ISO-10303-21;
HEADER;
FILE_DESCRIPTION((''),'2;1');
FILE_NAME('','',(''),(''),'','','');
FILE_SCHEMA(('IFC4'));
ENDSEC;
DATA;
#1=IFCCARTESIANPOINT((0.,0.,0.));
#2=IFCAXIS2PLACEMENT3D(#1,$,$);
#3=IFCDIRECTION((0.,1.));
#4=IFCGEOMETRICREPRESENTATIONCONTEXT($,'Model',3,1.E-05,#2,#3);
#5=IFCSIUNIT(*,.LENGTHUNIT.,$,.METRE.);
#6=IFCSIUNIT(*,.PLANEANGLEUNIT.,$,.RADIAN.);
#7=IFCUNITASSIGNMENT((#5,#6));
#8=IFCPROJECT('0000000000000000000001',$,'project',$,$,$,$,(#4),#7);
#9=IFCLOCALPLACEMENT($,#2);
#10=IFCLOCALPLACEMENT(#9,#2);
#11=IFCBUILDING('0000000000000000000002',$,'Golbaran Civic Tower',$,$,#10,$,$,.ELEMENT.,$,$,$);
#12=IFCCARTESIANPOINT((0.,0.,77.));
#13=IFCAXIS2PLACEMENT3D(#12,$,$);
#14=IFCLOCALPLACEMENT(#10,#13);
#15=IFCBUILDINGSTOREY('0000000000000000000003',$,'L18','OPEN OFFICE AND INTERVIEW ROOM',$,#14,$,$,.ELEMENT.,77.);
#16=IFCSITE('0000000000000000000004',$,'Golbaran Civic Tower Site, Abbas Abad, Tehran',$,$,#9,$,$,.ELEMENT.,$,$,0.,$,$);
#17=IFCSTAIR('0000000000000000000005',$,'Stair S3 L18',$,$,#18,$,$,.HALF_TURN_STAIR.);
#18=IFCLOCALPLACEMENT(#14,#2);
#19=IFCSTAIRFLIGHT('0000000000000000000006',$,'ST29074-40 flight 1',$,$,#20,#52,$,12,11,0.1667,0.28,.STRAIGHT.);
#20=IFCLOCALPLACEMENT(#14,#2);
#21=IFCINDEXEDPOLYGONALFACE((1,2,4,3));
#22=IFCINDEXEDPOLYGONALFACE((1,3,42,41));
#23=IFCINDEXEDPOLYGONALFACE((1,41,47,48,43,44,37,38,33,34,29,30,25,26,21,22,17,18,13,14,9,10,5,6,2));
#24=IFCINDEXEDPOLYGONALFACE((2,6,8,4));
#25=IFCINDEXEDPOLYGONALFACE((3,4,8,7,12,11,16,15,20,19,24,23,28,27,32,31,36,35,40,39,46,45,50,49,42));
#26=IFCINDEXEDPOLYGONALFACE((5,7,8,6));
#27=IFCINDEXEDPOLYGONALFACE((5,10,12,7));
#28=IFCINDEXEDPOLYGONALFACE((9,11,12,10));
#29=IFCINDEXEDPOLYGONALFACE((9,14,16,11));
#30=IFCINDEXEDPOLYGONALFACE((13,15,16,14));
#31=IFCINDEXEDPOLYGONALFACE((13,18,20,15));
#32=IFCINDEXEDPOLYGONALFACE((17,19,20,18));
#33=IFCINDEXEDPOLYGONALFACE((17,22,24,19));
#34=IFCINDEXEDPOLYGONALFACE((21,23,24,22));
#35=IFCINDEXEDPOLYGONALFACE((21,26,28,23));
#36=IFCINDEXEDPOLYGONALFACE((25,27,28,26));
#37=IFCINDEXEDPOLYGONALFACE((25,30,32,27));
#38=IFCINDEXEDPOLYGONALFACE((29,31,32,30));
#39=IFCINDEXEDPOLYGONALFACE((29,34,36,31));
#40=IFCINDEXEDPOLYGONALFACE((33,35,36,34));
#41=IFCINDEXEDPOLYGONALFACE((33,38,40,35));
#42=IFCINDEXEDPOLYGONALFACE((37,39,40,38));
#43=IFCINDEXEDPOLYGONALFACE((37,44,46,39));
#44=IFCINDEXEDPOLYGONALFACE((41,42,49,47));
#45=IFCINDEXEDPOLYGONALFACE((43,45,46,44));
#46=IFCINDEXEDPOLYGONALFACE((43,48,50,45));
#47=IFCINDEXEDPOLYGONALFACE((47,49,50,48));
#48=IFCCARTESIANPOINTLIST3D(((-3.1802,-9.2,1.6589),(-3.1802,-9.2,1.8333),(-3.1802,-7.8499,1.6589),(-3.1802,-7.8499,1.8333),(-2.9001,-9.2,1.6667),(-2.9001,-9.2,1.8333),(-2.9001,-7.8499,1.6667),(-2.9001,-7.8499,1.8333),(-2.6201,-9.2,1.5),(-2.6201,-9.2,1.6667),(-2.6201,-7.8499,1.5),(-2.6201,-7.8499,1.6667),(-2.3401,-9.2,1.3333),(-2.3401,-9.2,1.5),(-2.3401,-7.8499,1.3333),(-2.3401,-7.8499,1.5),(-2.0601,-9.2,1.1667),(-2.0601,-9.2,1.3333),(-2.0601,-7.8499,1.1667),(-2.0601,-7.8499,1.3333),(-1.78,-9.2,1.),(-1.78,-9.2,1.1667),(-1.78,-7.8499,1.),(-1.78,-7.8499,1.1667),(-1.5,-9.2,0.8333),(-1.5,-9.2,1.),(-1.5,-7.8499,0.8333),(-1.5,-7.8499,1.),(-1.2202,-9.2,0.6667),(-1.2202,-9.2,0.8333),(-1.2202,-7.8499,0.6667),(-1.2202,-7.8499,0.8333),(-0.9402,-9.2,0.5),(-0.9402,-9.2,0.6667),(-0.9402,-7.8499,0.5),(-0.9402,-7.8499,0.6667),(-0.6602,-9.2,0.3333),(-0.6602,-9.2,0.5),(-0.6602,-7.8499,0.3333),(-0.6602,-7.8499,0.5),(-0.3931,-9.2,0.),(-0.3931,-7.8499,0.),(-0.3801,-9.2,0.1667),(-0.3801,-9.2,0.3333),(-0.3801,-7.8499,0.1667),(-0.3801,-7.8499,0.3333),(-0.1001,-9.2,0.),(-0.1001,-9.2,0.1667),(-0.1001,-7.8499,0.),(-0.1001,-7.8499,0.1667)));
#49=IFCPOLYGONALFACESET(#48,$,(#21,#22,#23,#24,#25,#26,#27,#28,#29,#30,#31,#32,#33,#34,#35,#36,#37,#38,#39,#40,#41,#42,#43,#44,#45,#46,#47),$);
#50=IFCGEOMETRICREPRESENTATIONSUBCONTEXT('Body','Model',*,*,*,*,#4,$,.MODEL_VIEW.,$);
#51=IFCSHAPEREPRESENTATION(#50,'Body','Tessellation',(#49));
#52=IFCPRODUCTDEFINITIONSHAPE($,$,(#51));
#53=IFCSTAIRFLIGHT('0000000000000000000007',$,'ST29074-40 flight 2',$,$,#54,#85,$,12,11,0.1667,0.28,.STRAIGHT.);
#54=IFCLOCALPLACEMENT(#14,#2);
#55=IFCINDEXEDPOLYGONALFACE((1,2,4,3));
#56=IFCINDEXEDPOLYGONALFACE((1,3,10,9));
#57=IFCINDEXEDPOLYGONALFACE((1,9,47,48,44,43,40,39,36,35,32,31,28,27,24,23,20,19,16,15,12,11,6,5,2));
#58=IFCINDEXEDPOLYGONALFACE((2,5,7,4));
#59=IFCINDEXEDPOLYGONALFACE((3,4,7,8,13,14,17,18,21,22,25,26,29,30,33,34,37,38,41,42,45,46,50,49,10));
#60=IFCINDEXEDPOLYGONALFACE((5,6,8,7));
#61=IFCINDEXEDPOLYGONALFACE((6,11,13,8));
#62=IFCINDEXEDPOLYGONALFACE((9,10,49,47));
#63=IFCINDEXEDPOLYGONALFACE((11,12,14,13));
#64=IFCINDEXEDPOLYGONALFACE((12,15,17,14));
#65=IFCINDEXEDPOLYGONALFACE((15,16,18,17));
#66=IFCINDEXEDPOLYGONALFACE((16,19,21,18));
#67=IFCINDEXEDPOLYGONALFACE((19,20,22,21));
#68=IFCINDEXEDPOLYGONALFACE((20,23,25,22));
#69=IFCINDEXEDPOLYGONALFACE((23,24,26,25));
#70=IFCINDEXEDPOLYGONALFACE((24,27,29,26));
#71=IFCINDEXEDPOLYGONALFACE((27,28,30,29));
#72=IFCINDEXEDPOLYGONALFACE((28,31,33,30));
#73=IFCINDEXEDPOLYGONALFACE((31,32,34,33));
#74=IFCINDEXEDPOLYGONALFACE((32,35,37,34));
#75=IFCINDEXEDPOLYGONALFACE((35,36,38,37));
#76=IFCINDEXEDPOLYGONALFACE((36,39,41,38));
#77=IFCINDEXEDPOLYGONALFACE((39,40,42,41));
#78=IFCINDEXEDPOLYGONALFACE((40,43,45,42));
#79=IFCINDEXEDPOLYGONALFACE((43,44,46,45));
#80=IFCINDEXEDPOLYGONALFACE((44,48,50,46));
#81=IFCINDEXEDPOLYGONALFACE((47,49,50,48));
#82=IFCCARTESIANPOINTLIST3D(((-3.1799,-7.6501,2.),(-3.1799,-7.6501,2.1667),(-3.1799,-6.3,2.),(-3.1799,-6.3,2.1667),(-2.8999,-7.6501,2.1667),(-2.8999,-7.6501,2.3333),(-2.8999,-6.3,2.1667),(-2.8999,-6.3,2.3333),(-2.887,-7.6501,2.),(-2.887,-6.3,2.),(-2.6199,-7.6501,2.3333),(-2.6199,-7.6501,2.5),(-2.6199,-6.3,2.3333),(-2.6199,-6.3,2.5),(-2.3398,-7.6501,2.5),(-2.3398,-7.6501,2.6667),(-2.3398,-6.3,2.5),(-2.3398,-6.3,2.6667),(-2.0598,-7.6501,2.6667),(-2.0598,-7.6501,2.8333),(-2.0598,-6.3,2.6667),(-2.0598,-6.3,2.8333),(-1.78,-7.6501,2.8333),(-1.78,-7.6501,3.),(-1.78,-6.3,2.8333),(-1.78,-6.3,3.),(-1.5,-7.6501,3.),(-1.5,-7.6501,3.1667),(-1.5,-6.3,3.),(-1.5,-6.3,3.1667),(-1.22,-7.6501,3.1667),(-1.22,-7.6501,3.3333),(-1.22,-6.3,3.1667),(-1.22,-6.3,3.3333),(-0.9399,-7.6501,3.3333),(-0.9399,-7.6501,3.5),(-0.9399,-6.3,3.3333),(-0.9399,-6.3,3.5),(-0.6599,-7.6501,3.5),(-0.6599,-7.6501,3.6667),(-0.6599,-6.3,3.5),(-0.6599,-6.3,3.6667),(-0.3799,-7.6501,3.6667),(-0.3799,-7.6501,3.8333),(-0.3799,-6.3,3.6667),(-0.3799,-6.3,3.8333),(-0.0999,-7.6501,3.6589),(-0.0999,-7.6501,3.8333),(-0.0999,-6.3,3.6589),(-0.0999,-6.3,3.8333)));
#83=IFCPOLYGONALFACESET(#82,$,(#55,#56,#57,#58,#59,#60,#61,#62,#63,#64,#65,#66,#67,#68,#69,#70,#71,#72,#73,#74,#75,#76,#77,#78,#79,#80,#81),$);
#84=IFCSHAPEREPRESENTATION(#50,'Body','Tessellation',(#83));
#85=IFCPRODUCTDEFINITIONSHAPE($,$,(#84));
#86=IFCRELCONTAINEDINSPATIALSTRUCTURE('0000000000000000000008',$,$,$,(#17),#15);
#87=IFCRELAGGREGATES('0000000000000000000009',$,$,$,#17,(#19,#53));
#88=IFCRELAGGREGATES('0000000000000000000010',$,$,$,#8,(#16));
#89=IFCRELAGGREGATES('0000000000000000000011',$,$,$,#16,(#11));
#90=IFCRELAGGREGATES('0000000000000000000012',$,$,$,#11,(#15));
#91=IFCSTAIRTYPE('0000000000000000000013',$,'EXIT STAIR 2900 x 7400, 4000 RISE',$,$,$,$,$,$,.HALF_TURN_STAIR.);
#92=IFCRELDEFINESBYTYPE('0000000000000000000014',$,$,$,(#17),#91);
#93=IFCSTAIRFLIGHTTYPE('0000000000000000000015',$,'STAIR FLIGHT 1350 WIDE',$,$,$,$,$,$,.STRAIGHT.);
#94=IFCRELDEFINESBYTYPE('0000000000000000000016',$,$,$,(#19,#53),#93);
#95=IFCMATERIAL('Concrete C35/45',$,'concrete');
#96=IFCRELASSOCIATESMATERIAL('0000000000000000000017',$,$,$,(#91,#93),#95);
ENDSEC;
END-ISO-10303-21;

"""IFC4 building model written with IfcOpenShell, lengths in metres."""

from ifc_helpers import new_model, si_unit, direction, frame, origin, place, context, subcontext, project, spatial, polyline, outline, extrude, material, type_object, element, aggregate, save


model = new_model("IFC4")

# Units and contexts
model_context = context("Model", 3, precision=1e-05, world=origin(), true_north=direction((0.0, 1.0)))
body_context = subcontext(model_context, "Body", "Model", "MODEL_VIEW")
ifc_project = project(units=[si_unit("LENGTHUNIT", "METRE"), si_unit("PLANEANGLEUNIT", "RADIAN")], contexts=[model_context])

# Site, building, storey
site_placement = place(None, origin())
site = spatial("IfcSite", under=ifc_project, at=site_placement, Name="Golbaran Civic Tower Site, Abbas Abad, Tehran", CompositionType="ELEMENT", RefElevation=0.0)
building_placement = place(site_placement, origin())
building = spatial("IfcBuilding", under=site, at=building_placement, Name="Golbaran Civic Tower", CompositionType="ELEMENT")
storey_placement = place(building_placement, frame((0.0, 0.0, 77.0)))
storey = spatial("IfcBuildingStorey", under=building, at=storey_placement, Name="L18", Description="OPEN OFFICE AND INTERVIEW ROOM", CompositionType="ELEMENT", Elevation=77.0)

# Stair, stair flights
ifc_material_1 = material(Name="Concrete C35/45", Category="concrete")
stair_type = type_object("IfcStairType", Name="EXIT STAIR 2900 x 7400, 4000 RISE", PredefinedType="HALF_TURN_STAIR", material=ifc_material_1)
stair_placement = place(storey_placement, origin())
stair = element("IfcStair", 1, at=stair_placement, inside=storey, type_object=stair_type, Name="Stair S3 L18", PredefinedType="HALF_TURN_STAIR")
stair_flight_type = type_object("IfcStairFlightType", Name="STAIR FLIGHT 1350 WIDE", PredefinedType="STRAIGHT", material=ifc_material_1)
stair_flight_1_placement = place(storey_placement, frame((-0.1001, -8.5249, 0.0), z_axis=(0.0, 0.0, 1.0), x_axis=(-1.0, 0.0, 0.0)))
stair_flight_1 = element("IfcStairFlight", 2, at=stair_flight_1_placement, type_object=stair_flight_type, Name="ST29074-40 flight 1", NumberOfRisers=12, NumberOfTreads=11, PredefinedType="STRAIGHT", RiserHeight=0.1667, TreadLength=0.28, context=body_context, shape_type="SweptSolid", body=[
    extrude(outline(polyline([(0.0, 0.0), (0.0, 0.1667), (0.28, 0.1667), (0.28, 0.3333), (0.5601, 0.3333), (0.5601, 0.5), (0.8401, 0.5), (0.8401, 0.6667), (1.1201, 0.6667), (1.1201, 0.8333), (1.3999, 0.8333), (1.3999, 1.0), (1.6799, 1.0), (1.6799, 1.1667), (1.96, 1.1667), (1.96, 1.3333), (2.24, 1.3333), (2.24, 1.5), (2.52, 1.5), (2.52, 1.6667), (2.8, 1.6667), (2.8, 1.8333), (3.0801, 1.8333), (3.0801, 2.0), (3.0801, 1.6589), (0.293, 0.0), (0.0, 0.0)])), frame((0.0, 0.675, 0.0), z_axis=(0.0, -1.0, 0.0), x_axis=(1.0, 0.0, 0.0)), (0.0, 0.0, 1.0), 1.3501),
])
stair_flight_2_placement = place(storey_placement, frame((-3.1799, -6.9751, 2.0), z_axis=(0.0, 0.0, 1.0), x_axis=(1.0, 0.0, 0.0)))
stair_flight_2 = element("IfcStairFlight", 3, at=stair_flight_2_placement, type_object=stair_flight_type, Name="ST29074-40 flight 2", NumberOfRisers=12, NumberOfTreads=11, PredefinedType="STRAIGHT", RiserHeight=0.1667, TreadLength=0.28, context=body_context, shape_type="SweptSolid", body=[
    extrude(outline(polyline([(0.0, 0.0), (0.0, 0.1667), (0.28, 0.1667), (0.28, 0.3333), (0.5601, 0.3333), (0.5601, 0.5), (0.8401, 0.5), (0.8401, 0.6667), (1.1201, 0.6667), (1.1201, 0.8333), (1.3999, 0.8333), (1.3999, 1.0), (1.6799, 1.0), (1.6799, 1.1667), (1.96, 1.1667), (1.96, 1.3333), (2.24, 1.3333), (2.24, 1.5), (2.52, 1.5), (2.52, 1.6667), (2.8, 1.6667), (2.8, 1.8333), (3.0801, 1.8333), (3.0801, 2.0), (3.0801, 1.6589), (0.293, 0.0), (0.0, 0.0)])), frame((0.0, 0.675, 0.0), z_axis=(0.0, -1.0, 0.0), x_axis=(1.0, 0.0, 0.0)), (0.0, 0.0, 1.0), 1.3501),
])
aggregate(stair, [stair_flight_1, stair_flight_2])

save(model, "model.ifc")
